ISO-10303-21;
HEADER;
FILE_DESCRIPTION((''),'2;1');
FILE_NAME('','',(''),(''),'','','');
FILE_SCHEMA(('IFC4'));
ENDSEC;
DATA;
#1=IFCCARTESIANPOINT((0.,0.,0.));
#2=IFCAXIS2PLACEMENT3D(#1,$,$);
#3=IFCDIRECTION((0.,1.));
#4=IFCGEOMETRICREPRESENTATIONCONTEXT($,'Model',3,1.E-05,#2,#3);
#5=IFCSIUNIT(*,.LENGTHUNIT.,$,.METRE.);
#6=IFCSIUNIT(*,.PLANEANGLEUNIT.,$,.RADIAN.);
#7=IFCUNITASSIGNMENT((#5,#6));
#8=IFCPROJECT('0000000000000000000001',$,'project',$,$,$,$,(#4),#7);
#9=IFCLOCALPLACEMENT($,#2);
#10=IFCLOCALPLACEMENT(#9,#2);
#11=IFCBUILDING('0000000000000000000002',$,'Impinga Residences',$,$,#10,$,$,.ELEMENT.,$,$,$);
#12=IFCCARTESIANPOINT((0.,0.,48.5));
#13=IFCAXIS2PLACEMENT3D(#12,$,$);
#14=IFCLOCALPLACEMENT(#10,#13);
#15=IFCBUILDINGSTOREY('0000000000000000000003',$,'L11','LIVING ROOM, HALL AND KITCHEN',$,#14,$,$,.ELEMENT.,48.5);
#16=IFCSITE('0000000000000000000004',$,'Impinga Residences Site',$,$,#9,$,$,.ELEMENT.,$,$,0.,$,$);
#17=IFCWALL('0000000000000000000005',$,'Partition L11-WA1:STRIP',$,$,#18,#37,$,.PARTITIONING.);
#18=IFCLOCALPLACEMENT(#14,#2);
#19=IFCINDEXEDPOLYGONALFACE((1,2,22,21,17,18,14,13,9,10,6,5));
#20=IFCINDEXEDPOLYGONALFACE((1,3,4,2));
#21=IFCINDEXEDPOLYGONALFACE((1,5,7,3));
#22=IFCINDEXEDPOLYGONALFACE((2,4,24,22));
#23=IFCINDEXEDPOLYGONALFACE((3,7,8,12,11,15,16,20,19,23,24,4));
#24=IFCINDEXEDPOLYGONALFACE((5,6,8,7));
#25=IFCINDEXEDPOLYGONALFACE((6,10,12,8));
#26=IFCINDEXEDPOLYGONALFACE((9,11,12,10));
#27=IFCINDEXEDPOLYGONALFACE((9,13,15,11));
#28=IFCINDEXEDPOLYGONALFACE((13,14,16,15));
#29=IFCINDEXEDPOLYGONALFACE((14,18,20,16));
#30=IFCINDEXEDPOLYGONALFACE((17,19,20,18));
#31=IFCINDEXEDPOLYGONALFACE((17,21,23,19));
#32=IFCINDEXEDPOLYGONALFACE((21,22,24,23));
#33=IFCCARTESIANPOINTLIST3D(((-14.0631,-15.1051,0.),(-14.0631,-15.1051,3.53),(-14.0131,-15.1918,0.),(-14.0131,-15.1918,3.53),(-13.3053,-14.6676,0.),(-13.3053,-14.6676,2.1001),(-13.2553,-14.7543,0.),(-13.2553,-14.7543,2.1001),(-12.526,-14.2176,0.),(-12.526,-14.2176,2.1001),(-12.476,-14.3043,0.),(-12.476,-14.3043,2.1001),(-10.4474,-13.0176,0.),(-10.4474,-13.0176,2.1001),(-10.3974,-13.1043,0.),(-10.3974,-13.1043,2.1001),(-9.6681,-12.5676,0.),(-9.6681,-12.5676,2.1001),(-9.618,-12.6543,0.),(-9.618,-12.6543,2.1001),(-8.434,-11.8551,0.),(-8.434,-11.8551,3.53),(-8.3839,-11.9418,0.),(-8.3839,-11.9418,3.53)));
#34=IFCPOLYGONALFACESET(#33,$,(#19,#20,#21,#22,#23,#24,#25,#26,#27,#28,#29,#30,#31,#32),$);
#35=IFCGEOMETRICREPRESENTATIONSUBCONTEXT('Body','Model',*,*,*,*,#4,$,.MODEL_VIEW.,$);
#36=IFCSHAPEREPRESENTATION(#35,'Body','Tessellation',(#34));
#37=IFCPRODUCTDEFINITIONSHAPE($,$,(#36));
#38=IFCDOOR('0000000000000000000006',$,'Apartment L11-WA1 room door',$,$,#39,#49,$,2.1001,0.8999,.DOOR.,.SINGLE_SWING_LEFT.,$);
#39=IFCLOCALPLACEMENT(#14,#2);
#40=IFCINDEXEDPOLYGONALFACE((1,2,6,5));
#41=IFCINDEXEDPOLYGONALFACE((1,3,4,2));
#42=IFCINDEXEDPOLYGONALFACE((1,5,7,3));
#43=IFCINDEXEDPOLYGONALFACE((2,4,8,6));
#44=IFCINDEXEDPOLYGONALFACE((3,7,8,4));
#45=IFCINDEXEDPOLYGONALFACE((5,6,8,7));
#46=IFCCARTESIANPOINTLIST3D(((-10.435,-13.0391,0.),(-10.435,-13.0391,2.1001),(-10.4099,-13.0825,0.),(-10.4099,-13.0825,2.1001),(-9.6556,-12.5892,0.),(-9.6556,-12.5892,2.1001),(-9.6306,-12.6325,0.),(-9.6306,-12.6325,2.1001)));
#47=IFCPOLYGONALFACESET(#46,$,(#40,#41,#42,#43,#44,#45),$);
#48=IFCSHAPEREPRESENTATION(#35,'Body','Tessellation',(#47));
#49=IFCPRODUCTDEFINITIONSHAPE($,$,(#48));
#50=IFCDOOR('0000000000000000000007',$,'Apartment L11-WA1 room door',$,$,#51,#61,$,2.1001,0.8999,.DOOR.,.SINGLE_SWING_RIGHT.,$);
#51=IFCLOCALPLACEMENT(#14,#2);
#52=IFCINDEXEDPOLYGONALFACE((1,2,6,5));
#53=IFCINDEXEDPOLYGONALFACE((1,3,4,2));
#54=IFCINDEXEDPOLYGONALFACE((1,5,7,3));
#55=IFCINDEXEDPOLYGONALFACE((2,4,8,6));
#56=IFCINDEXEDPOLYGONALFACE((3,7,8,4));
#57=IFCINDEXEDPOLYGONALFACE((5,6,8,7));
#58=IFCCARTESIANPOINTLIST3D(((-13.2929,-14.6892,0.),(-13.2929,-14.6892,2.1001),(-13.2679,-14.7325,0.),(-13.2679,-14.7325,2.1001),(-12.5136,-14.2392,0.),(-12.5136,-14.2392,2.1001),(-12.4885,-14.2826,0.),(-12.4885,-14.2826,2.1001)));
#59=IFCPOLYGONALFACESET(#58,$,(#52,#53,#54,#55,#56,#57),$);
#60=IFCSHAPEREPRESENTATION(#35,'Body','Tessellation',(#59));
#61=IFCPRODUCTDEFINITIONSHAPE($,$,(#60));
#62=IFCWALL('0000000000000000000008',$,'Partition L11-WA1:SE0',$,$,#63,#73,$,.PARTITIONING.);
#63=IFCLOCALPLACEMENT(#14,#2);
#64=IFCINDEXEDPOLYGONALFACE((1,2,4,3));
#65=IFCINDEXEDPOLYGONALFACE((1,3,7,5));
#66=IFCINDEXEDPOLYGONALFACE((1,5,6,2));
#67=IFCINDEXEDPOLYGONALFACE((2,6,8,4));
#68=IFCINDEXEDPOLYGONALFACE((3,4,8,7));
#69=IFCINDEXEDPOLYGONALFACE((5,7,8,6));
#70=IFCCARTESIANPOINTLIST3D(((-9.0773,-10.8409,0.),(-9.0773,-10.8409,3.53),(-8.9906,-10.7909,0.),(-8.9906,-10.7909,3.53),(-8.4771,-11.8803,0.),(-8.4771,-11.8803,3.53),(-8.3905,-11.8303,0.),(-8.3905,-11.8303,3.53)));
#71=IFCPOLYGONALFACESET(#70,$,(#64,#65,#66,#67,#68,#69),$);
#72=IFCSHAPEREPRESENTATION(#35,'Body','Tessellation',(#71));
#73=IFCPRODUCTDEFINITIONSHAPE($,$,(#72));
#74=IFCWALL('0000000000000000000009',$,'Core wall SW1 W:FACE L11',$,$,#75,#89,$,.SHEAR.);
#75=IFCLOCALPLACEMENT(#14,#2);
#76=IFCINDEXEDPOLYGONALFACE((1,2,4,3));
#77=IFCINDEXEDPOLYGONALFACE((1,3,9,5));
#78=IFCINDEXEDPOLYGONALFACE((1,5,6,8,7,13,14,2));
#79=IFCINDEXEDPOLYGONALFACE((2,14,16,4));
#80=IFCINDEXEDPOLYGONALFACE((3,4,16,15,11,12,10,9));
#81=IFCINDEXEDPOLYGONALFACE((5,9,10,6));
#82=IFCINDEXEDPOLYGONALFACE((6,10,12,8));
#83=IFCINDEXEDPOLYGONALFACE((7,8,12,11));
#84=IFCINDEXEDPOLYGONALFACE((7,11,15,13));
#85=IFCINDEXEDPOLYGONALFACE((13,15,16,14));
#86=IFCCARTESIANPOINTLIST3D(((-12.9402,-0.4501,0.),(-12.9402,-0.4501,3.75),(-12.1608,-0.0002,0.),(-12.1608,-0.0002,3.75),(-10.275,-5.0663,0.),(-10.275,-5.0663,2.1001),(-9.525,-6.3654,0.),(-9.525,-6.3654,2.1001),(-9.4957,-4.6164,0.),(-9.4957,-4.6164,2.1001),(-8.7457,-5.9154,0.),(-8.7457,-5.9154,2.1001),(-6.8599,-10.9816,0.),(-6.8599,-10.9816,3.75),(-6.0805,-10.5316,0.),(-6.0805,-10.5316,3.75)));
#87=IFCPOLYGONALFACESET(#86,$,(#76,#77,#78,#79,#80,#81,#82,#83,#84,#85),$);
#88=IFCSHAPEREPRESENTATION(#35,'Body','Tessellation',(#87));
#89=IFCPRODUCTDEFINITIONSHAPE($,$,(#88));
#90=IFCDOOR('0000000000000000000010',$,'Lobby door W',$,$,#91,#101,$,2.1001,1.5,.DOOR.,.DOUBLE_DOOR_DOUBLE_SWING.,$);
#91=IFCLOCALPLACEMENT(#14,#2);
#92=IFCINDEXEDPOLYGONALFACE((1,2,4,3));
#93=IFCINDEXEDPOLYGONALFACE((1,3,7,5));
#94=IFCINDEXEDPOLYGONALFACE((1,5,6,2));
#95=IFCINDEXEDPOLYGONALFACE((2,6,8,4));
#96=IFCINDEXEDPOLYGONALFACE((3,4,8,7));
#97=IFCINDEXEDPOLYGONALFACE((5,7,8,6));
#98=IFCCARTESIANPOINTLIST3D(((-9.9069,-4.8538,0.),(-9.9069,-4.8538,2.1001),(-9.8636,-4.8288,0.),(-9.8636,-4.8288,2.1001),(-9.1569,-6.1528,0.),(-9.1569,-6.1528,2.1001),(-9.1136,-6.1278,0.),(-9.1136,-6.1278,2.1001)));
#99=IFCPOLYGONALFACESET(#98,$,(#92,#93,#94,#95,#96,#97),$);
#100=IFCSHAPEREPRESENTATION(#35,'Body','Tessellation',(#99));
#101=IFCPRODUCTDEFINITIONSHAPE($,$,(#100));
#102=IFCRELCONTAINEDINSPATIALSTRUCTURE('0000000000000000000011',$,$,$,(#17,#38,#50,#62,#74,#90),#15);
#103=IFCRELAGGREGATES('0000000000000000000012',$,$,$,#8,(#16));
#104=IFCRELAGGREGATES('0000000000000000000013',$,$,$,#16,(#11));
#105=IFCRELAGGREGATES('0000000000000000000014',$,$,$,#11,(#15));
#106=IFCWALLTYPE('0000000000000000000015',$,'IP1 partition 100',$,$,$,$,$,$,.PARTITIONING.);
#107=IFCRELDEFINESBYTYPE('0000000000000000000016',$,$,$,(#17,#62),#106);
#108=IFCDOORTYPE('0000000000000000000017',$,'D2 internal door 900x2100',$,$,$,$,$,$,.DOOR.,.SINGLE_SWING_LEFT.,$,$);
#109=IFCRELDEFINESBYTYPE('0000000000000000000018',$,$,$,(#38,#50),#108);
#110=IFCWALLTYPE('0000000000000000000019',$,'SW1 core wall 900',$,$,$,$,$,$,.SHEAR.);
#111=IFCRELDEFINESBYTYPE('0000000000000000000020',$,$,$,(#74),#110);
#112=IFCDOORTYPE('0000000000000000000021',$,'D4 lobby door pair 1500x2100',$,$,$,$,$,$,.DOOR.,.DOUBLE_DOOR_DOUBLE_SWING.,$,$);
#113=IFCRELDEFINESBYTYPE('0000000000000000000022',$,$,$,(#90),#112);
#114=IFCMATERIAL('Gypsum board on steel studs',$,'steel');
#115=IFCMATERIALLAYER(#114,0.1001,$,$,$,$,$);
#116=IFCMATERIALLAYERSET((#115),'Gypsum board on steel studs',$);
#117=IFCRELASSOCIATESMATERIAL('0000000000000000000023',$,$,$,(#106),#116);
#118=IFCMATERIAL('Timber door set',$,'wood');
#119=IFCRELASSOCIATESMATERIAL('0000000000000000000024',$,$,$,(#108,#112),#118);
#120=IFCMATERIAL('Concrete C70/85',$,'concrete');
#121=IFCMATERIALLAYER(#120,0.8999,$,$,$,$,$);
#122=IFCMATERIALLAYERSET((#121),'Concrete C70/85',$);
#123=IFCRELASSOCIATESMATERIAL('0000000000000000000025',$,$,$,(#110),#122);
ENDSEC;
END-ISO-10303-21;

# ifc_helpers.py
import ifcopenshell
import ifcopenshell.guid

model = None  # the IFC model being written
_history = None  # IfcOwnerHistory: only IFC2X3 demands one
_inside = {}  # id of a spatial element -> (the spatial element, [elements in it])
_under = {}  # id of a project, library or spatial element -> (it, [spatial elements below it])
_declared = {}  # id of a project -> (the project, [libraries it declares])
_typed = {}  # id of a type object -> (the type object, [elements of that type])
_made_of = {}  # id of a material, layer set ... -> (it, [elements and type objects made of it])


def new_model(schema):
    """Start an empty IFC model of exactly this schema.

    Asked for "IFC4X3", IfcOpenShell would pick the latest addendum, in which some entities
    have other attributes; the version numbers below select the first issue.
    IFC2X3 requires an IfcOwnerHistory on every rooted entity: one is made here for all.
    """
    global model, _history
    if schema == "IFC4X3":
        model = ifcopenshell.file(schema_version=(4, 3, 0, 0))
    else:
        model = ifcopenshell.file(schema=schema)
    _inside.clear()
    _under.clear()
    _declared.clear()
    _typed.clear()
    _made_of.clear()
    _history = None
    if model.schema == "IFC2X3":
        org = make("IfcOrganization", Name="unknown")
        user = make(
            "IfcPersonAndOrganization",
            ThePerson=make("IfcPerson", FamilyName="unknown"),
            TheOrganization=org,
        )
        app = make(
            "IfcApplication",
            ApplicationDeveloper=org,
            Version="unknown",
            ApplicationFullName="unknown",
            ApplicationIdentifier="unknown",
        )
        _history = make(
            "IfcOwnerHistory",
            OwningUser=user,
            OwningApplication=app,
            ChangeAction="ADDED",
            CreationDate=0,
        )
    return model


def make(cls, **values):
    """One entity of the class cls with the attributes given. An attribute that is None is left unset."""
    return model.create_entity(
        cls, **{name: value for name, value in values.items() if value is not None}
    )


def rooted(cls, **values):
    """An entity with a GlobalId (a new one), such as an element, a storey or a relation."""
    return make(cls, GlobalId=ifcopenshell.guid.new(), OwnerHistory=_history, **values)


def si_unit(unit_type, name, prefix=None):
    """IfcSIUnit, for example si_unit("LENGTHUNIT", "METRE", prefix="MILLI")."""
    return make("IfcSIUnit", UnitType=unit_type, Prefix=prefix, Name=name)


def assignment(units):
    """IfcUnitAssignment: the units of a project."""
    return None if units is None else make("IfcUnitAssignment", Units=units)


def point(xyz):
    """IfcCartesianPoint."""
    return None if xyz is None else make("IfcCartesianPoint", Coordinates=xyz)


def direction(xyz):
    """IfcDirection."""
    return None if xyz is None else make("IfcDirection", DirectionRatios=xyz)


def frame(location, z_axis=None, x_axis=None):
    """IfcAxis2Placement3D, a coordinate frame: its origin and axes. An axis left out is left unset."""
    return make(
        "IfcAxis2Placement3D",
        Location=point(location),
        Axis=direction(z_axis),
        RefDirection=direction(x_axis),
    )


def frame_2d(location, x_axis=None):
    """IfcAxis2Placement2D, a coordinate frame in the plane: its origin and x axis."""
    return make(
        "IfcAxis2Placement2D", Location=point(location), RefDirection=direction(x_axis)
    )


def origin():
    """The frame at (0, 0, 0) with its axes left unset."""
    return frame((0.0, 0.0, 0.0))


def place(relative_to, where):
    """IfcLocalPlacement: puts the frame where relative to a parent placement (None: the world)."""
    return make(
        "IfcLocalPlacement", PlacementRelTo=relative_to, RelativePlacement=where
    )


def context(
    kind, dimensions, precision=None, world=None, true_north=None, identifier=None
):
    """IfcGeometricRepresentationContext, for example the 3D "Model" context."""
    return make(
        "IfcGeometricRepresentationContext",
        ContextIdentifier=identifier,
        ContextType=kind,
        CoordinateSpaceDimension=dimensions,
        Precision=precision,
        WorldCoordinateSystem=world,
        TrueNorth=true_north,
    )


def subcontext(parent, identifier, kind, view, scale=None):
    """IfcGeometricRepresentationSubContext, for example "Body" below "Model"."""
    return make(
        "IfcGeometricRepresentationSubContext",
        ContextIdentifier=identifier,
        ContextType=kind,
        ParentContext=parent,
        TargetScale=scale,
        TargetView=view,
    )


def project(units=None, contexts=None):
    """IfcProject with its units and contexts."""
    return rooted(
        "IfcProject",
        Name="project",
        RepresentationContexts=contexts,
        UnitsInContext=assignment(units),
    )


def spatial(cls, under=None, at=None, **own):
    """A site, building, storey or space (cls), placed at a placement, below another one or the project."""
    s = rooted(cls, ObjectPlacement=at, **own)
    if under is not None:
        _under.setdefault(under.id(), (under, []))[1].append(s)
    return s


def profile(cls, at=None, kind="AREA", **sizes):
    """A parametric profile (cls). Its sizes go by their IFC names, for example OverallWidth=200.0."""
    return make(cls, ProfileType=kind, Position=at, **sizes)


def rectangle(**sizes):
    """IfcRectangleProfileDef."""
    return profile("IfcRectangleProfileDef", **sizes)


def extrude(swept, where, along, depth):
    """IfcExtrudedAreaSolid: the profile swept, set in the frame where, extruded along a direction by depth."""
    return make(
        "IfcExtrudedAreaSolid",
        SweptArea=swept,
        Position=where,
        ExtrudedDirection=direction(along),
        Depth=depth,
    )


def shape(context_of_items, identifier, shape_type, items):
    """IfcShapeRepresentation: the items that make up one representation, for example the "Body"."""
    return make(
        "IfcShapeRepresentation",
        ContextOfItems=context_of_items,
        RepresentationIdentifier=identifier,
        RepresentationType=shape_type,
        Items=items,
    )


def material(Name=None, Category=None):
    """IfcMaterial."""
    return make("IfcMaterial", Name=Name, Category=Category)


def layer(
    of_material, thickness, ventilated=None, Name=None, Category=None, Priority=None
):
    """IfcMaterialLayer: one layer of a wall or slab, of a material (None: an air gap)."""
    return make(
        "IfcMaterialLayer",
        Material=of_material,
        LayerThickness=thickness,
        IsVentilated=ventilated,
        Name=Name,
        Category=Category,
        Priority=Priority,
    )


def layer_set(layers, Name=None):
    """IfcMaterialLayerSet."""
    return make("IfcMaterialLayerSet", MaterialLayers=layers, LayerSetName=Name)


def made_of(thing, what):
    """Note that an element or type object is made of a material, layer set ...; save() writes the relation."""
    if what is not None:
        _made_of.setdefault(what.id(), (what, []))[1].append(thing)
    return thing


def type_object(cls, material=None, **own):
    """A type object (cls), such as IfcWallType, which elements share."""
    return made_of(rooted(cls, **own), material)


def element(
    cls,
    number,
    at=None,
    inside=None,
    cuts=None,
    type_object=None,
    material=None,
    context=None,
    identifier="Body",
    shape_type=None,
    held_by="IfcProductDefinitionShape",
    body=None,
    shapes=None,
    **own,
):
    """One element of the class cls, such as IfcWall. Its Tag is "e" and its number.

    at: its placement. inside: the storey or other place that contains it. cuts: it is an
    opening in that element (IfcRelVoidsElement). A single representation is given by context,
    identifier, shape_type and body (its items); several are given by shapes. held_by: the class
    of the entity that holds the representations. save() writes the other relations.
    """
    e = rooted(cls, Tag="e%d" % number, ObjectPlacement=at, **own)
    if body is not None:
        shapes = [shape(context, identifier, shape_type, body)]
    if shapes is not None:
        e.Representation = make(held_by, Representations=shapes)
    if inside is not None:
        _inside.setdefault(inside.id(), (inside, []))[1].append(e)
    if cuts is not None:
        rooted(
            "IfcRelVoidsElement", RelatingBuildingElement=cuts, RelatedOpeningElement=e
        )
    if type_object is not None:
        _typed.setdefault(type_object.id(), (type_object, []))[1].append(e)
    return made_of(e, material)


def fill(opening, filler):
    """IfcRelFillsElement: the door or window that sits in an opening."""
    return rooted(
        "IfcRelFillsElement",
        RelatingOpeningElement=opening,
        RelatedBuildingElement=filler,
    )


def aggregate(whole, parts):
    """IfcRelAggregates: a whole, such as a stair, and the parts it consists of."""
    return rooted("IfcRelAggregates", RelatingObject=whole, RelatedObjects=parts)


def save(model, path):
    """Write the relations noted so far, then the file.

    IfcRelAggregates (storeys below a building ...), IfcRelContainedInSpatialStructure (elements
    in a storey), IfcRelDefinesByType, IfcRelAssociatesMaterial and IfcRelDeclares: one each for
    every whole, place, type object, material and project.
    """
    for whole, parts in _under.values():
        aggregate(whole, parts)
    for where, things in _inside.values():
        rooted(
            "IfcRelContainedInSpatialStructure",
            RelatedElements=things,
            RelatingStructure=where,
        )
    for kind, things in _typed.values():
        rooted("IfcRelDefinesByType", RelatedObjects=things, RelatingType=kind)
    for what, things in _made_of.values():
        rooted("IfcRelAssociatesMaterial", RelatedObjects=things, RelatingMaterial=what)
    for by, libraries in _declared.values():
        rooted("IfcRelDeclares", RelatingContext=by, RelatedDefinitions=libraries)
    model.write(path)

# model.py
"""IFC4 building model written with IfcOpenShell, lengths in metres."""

from ifc_helpers import new_model, si_unit, direction, frame, frame_2d, origin, place, context, subcontext, project, spatial, rectangle, extrude, material, layer, layer_set, type_object, element, fill, save


model = new_model("IFC4")

# Units and contexts
model_context = context("Model", 3, precision=1e-05, world=origin(), true_north=direction((0.0, 1.0)))
body_context = subcontext(model_context, "Body", "Model", "MODEL_VIEW")
ifc_project = project(units=[si_unit("LENGTHUNIT", "METRE"), si_unit("PLANEANGLEUNIT", "RADIAN")], contexts=[model_context])

# Site, building, storey
site_placement = place(None, origin())
site = spatial("IfcSite", under=ifc_project, at=site_placement, Name="Impinga Residences Site", CompositionType="ELEMENT", RefElevation=0.0)
building_placement = place(site_placement, origin())
building = spatial("IfcBuilding", under=site, at=building_placement, Name="Impinga Residences", CompositionType="ELEMENT")
storey_placement = place(building_placement, frame((0.0, 0.0, 48.5)))
storey = spatial("IfcBuildingStorey", under=building, at=storey_placement, Name="L11", Description="LIVING ROOM, HALL AND KITCHEN", CompositionType="ELEMENT", Elevation=48.5)

# Shared definitions
ifc_material_1 = material(Name="Concrete C70/85", Category="concrete")
ifc_material_2 = material(Name="Timber door set", Category="wood")

# Shared definitions
ifc_material_3 = material(Name="Gypsum board on steel studs", Category="steel")
ifc_layer_1 = layer(ifc_material_3, 0.1001)
ifc_layer_set_1 = layer_set([ifc_layer_1], Name="Gypsum board on steel studs")
wall_type_1 = type_object("IfcWallType", Name="IP1 partition 100", PredefinedType="PARTITIONING", material=ifc_layer_set_1)

# Wall, openings, doors
wall_1_placement = place(storey_placement, frame((-8.4089, -11.8984, 0.0), z_axis=(0.0, 0.0, 1.0), x_axis=(-0.866025, -0.500001, 0.0)))
wall_1 = element("IfcWall", 1, at=wall_1_placement, inside=storey, type_object=wall_type_1, Name="Partition L11-WA1:STRIP", PredefinedType="PARTITIONING", context=body_context, shape_type="SweptSolid", body=[
    extrude(rectangle(XDim=6.5, YDim=0.1001, at=frame_2d((3.25, 0.0))), origin(), (0.0, 0.0, 1.0), 3.53),
])
opening_1_placement = place(wall_1_placement, frame((1.425, 0.0, 0.0)))
opening_1 = element("IfcOpeningElement", 2, at=opening_1_placement, cuts=wall_1, PredefinedType="OPENING", context=body_context, shape_type="SweptSolid", body=[
    extrude(rectangle(XDim=0.8999, YDim=2.1001, at=frame_2d((0.45, 1.05))), frame((0.0, 0.0601, 0.0), z_axis=(0.0, -1.0, 0.0), x_axis=(1.0, 0.0, 0.0)), (0.0, 0.0, 1.0), 0.1201),
])
opening_2_placement = place(wall_1_placement, frame((4.7251, 0.0, 0.0)))
opening_2 = element("IfcOpeningElement", 3, at=opening_2_placement, cuts=wall_1, PredefinedType="OPENING", context=body_context, shape_type="SweptSolid", body=[
    extrude(rectangle(XDim=0.8999, YDim=2.1001, at=frame_2d((0.45, 1.05))), frame((0.0, 0.0601, 0.0), z_axis=(0.0, -1.0, 0.0), x_axis=(1.0, 0.0, 0.0)), (0.0, 0.0, 1.0), 0.1201),
])
door_type_1 = type_object("IfcDoorType", Name="D2 internal door 900x2100", OperationType="SINGLE_SWING_LEFT", PredefinedType="DOOR", material=ifc_material_2)
door_1_placement = place(opening_1_placement, origin())
door_1 = element("IfcDoor", 4, at=door_1_placement, inside=storey, type_object=door_type_1, Name="Apartment L11-WA1 room door", OperationType="SINGLE_SWING_LEFT", OverallHeight=2.1001, OverallWidth=0.8999, PredefinedType="DOOR", context=body_context, shape_type="SweptSolid", body=[
    extrude(rectangle(XDim=0.8999, YDim=2.1001, at=frame_2d((0.45, 1.05))), frame((0.0, 0.0249, 0.0), z_axis=(0.0, -1.0, 0.0), x_axis=(1.0, 0.0, 0.0)), (0.0, 0.0, 1.0), 0.05),
])
fill(opening_1, door_1)
door_2_placement = place(opening_2_placement, origin())
door_2 = element("IfcDoor", 5, at=door_2_placement, inside=storey, type_object=door_type_1, Name="Apartment L11-WA1 room door", OperationType="SINGLE_SWING_RIGHT", OverallHeight=2.1001, OverallWidth=0.8999, PredefinedType="DOOR", context=body_context, shape_type="SweptSolid", body=[
    extrude(rectangle(XDim=0.8999, YDim=2.1001, at=frame_2d((0.45, 1.05))), frame((0.0, 0.0249, 0.0), z_axis=(0.0, -1.0, 0.0), x_axis=(1.0, 0.0, 0.0)), (0.0, 0.0, 1.0), 0.05),
])
fill(opening_2, door_2)

# Wall
wall_2_placement = place(storey_placement, frame((-9.0339, -10.8159, 0.0), z_axis=(0.0, 0.0, 1.0), x_axis=(0.500034, -0.866006, 0.0)))
element("IfcWall", 6, at=wall_2_placement, inside=storey, type_object=wall_type_1, Name="Partition L11-WA1:SE0", PredefinedType="PARTITIONING", context=body_context, shape_type="SweptSolid", body=[
    extrude(rectangle(XDim=1.2002, YDim=0.1001, at=frame_2d((0.6001, 0.0))), origin(), (0.0, 0.0, 1.0), 3.53),
])

# Wall, opening, door
ifc_layer_2 = layer(ifc_material_1, 0.8999)
ifc_layer_set_2 = layer_set([ifc_layer_2], Name="Concrete C70/85")
wall_type_2 = type_object("IfcWallType", Name="SW1 core wall 900", PredefinedType="SHEAR", material=ifc_layer_set_2)
wall_3_placement = place(storey_placement, frame((-6.4702, -10.7566, 0.0), z_axis=(0.0, 0.0, 1.0), x_axis=(-0.499998, 0.866027, 0.0)))
wall_3 = element("IfcWall", 7, at=wall_3_placement, inside=storey, type_object=wall_type_2, Name="Core wall SW1 W:FACE L11", PredefinedType="SHEAR", context=body_context, shape_type="SweptSolid", body=[
    extrude(rectangle(XDim=12.1606, YDim=0.8999, at=frame_2d((6.0803, 0.0))), origin(), (0.0, 0.0, 1.0), 3.75),
])
opening_3_placement = place(wall_3_placement, frame((5.3303, 0.0, 0.0)))
opening_3 = element("IfcOpeningElement", 8, at=opening_3_placement, cuts=wall_3, PredefinedType="OPENING", context=body_context, shape_type="SweptSolid", body=[
    extrude(rectangle(XDim=1.5, YDim=2.1001, at=frame_2d((0.75, 1.05))), frame((0.0, 0.46, 0.0), z_axis=(0.0, -1.0, 0.0), x_axis=(1.0, 0.0, 0.0)), (0.0, 0.0, 1.0), 0.9199),
])
door_type_2 = type_object("IfcDoorType", Name="D4 lobby door pair 1500x2100", OperationType="DOUBLE_DOOR_DOUBLE_SWING", PredefinedType="DOOR", material=ifc_material_2)
door_3_placement = place(opening_3_placement, origin())
door_3 = element("IfcDoor", 9, at=door_3_placement, inside=storey, type_object=door_type_2, Name="Lobby door W", OperationType="DOUBLE_DOOR_DOUBLE_SWING", OverallHeight=2.1001, OverallWidth=1.5, PredefinedType="DOOR", context=body_context, shape_type="SweptSolid", body=[
    extrude(rectangle(XDim=1.5, YDim=2.1001, at=frame_2d((0.75, 1.05))), frame((0.0, 0.0249, 0.0), z_axis=(0.0, -1.0, 0.0), x_axis=(1.0, 0.0, 0.0)), (0.0, 0.0, 1.0), 0.05),
])
fill(opening_3, door_3)

save(model, "model.ifc")
